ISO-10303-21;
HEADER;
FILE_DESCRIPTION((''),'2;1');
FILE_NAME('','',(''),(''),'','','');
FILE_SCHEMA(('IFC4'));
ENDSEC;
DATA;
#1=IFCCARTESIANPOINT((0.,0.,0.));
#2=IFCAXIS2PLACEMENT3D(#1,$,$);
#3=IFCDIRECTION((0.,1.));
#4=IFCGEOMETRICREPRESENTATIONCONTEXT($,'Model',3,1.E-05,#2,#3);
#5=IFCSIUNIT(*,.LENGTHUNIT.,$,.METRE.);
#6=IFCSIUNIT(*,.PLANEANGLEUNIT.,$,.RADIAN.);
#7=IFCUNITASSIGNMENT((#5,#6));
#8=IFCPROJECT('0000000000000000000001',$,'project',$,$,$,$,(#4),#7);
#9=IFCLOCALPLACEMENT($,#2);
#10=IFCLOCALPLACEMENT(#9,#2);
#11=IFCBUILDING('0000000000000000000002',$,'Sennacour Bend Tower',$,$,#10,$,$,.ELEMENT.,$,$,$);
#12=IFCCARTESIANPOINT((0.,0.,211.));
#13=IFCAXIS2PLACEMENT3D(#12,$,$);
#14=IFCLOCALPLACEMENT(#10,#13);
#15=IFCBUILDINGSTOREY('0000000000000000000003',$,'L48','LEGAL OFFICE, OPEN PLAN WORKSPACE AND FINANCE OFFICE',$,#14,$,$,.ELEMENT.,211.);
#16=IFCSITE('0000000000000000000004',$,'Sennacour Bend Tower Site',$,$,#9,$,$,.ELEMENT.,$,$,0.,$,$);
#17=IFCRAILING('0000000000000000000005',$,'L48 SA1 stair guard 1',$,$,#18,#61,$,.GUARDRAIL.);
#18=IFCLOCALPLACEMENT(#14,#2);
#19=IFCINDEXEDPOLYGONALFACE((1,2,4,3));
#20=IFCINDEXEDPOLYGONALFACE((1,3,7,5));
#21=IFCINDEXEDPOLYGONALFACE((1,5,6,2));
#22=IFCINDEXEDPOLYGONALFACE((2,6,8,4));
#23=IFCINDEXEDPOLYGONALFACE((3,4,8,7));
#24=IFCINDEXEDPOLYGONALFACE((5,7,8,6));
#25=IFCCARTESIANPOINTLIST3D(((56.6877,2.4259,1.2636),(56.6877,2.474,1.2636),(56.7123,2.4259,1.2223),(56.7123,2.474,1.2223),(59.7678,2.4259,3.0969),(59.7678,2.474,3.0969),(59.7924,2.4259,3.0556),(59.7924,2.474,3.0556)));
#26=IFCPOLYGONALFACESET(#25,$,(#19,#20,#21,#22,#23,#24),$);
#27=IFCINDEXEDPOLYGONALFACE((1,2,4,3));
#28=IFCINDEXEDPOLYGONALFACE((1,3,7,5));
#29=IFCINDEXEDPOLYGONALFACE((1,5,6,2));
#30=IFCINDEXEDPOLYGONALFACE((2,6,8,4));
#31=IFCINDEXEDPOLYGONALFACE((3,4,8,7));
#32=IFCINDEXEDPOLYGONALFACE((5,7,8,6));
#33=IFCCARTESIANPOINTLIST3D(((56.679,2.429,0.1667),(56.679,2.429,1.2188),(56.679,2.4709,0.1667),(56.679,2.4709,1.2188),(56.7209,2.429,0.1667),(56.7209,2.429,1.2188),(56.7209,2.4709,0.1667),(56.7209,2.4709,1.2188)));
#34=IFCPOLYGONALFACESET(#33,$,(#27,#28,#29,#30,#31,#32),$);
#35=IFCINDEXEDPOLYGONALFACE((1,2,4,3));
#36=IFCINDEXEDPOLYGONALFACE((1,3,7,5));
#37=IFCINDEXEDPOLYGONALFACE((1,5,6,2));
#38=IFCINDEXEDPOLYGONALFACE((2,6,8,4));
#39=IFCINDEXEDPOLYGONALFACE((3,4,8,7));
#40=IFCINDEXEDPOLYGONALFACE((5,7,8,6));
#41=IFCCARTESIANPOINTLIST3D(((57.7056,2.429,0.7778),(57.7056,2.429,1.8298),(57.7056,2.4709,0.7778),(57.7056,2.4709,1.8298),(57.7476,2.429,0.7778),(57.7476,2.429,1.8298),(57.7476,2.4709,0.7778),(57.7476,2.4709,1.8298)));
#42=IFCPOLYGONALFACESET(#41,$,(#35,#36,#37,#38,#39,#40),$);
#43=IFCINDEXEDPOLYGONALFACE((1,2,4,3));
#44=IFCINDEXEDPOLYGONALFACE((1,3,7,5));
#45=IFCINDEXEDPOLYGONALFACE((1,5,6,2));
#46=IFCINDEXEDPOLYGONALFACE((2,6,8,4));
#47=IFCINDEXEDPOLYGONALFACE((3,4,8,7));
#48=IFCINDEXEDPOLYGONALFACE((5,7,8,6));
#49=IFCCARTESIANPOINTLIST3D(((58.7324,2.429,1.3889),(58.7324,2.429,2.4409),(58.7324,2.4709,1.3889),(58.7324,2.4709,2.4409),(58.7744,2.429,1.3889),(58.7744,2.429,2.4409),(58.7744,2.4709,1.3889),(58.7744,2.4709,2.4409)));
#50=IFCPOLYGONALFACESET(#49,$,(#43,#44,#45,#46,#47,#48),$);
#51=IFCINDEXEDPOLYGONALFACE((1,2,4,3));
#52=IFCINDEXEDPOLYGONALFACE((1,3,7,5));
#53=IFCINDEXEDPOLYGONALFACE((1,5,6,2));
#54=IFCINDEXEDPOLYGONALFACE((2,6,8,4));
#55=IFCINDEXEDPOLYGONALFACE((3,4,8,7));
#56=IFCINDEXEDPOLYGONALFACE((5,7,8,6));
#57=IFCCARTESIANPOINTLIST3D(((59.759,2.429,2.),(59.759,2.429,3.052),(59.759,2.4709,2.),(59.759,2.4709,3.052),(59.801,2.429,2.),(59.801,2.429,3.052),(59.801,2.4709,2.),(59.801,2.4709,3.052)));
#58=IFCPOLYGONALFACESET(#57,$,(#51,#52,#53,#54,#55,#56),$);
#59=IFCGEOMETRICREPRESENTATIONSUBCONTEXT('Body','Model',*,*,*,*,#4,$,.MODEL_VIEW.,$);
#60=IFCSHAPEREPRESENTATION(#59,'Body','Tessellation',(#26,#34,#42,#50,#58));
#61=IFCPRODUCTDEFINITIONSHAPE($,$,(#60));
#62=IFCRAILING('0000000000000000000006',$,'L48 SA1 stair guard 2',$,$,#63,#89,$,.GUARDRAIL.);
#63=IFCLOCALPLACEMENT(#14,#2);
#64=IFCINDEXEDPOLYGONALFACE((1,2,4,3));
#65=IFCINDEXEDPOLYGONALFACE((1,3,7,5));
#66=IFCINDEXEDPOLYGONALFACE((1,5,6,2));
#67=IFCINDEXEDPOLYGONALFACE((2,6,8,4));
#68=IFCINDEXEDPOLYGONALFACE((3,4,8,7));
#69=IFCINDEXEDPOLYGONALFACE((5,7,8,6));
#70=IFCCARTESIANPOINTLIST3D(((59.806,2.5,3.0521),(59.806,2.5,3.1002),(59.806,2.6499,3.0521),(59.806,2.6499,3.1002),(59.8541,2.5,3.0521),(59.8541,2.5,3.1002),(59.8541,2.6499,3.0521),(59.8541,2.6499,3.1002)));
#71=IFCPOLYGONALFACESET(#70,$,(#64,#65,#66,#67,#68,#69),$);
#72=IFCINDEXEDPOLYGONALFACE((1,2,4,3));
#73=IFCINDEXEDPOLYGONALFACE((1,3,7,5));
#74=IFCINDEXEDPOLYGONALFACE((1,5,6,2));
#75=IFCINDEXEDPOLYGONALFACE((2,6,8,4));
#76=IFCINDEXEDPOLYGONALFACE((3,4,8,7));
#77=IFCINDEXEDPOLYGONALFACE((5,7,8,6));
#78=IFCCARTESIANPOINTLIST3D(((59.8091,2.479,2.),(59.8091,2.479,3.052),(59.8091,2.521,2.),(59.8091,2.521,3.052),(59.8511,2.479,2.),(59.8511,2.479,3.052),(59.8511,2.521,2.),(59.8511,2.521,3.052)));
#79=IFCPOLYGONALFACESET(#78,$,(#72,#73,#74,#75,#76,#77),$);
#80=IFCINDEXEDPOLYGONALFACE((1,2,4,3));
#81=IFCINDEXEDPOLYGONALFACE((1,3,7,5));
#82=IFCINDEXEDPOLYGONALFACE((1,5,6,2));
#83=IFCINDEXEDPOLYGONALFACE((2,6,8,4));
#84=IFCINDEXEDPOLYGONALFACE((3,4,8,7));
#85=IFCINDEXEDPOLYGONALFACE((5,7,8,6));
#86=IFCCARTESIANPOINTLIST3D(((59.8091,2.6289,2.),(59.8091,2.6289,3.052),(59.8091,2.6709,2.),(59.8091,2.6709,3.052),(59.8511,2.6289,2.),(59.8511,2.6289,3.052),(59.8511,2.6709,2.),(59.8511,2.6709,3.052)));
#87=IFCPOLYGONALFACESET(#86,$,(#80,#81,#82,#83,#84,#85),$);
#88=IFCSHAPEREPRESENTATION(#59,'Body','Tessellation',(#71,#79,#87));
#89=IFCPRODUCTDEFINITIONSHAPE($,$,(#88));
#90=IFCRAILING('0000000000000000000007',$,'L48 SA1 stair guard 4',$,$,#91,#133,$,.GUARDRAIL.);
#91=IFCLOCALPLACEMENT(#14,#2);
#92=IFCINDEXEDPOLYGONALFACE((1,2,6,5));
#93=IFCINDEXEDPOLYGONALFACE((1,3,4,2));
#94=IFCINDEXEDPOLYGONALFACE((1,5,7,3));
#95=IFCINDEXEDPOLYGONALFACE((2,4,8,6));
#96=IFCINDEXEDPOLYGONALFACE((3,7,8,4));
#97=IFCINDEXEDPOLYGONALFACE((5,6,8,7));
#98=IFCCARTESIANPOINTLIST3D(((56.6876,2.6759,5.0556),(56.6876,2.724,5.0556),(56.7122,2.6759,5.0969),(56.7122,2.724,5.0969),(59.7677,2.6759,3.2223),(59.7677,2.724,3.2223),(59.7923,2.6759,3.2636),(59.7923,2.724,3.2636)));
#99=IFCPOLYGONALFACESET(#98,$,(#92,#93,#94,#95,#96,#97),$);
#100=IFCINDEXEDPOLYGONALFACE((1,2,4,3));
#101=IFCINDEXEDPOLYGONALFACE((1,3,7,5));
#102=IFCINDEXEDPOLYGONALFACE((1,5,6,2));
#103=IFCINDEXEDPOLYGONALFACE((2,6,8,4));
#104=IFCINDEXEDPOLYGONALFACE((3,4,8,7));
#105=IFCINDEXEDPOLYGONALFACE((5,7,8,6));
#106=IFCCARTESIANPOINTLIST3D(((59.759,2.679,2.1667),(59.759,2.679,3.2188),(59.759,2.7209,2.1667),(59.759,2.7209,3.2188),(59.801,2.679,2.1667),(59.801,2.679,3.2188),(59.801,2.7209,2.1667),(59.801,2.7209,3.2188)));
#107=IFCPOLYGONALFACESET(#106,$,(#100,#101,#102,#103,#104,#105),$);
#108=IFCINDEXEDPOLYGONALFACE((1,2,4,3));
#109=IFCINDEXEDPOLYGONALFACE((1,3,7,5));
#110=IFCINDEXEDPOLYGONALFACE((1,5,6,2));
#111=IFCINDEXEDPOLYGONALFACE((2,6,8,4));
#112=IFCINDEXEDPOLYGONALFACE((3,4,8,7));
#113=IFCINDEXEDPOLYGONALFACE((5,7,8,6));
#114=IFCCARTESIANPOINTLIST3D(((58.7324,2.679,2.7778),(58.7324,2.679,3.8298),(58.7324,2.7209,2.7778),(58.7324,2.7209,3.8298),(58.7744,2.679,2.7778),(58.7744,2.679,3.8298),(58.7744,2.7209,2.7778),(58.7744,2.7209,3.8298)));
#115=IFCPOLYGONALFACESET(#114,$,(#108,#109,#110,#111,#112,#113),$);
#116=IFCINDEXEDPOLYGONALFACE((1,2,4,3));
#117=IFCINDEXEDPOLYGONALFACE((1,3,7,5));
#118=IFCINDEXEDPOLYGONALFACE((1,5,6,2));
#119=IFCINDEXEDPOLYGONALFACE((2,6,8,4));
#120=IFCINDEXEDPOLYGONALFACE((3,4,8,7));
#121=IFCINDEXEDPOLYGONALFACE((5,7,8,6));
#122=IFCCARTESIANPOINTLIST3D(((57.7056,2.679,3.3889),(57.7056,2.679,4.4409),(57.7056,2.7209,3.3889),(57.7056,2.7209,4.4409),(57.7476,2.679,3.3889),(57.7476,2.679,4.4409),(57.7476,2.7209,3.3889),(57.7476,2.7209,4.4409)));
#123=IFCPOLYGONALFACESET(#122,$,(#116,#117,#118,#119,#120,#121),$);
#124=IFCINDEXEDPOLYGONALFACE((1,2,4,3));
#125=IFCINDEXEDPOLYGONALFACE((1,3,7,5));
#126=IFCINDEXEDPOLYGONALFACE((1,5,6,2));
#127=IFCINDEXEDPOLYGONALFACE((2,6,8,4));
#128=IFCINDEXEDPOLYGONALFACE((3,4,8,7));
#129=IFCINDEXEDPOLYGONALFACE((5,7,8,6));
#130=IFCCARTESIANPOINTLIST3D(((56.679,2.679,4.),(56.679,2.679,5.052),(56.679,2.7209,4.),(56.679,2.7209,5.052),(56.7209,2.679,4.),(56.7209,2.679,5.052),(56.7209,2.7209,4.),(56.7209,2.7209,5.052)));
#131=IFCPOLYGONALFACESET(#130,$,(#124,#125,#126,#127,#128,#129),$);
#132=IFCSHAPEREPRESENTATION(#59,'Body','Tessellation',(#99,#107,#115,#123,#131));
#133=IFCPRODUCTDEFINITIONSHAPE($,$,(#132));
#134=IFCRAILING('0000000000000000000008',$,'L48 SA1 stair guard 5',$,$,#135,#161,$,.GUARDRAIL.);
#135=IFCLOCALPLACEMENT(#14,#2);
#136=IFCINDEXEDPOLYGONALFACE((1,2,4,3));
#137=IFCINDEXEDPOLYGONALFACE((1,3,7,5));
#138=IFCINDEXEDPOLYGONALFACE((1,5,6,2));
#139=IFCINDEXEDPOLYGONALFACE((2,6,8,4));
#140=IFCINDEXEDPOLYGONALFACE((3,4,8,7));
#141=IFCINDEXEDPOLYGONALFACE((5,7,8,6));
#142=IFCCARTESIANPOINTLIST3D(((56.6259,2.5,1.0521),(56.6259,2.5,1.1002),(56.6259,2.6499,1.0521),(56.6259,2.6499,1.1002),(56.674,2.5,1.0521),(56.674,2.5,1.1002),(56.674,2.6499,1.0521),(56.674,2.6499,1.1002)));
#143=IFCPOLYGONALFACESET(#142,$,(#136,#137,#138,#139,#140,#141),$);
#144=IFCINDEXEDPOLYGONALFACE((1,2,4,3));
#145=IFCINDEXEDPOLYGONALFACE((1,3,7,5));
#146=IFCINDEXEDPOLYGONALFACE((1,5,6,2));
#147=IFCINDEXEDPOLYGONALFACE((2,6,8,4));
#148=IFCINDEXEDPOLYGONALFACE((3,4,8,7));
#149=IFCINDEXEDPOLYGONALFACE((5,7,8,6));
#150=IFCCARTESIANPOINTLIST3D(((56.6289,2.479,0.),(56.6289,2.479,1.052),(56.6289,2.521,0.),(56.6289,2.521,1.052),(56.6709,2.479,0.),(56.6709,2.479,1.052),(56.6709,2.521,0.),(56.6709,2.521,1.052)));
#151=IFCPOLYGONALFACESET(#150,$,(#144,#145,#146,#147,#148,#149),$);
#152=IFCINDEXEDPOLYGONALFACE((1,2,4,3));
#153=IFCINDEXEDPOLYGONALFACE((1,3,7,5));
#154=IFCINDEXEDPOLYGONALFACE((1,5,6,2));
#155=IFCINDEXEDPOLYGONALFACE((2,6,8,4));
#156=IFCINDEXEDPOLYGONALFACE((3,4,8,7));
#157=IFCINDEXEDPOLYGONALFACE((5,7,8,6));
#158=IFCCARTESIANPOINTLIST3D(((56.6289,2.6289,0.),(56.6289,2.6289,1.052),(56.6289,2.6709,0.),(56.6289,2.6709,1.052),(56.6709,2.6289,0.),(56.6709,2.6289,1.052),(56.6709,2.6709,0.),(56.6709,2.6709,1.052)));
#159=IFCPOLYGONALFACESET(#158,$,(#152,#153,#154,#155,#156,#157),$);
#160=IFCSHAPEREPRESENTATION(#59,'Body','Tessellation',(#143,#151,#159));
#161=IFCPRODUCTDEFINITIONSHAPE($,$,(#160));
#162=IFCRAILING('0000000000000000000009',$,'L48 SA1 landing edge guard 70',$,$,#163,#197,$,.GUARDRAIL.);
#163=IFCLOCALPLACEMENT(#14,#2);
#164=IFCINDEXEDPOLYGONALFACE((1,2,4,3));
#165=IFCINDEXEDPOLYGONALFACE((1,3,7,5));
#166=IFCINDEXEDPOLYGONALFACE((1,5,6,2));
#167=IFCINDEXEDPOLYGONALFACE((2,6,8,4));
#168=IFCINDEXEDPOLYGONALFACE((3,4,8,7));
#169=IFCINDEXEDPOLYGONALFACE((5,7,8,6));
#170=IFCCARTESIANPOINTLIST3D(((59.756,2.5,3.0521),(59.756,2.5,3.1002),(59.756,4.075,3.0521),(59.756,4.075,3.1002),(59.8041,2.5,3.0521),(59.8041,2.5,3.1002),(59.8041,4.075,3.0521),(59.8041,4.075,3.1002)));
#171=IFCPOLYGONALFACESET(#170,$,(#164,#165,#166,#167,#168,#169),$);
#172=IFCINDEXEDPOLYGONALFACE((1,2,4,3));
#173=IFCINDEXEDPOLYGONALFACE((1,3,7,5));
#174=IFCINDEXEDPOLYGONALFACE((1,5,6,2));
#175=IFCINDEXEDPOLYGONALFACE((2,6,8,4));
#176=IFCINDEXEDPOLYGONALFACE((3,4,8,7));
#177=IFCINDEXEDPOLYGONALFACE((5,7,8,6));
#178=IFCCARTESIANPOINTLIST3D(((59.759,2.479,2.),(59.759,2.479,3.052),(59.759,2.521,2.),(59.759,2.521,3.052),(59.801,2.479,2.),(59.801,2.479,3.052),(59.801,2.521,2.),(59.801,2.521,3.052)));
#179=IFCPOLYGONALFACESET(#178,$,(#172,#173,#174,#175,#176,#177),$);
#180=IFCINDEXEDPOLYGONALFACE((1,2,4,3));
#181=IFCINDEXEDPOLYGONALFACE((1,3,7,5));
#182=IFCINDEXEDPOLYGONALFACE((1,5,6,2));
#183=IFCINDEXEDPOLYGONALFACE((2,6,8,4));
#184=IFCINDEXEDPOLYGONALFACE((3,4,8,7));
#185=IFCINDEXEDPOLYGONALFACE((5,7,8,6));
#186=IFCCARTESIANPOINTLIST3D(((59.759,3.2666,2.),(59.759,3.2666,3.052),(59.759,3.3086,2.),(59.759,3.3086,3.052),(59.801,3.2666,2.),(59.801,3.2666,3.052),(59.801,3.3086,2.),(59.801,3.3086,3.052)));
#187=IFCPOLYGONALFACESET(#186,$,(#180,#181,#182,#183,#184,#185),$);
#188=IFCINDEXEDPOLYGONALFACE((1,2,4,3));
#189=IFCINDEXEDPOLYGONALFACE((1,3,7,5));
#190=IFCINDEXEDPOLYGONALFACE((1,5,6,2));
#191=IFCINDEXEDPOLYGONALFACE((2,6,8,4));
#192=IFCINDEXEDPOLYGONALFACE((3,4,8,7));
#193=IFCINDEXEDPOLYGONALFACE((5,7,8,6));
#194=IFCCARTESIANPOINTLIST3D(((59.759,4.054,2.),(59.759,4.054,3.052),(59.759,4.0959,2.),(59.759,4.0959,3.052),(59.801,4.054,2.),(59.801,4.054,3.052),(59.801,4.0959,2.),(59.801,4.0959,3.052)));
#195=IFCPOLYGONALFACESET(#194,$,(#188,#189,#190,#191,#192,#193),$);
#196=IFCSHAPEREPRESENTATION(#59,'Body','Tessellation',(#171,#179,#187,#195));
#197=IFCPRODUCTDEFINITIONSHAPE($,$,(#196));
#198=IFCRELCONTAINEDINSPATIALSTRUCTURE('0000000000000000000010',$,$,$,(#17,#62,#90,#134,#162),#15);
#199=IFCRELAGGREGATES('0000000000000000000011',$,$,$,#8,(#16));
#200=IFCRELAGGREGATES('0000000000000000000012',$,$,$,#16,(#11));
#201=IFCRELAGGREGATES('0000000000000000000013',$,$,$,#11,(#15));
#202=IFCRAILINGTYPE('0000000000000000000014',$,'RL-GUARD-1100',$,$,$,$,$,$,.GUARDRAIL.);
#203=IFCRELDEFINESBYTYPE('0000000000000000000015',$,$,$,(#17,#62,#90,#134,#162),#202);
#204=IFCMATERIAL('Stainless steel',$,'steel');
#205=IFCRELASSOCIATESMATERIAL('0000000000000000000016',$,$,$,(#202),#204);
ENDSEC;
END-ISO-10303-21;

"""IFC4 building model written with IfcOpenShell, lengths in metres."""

from ifc_helpers import new_model, si_unit, direction, frame, origin, origin_2d, place, context, subcontext, project, spatial, rectangle, extrude, material, type_object, element, save


model = new_model("IFC4")

# Units and contexts
model_context = context("Model", 3, precision=1e-05, world=origin(), true_north=direction((0.0, 1.0)))
body_context = subcontext(model_context, "Body", "Model", "MODEL_VIEW")
ifc_project = project(units=[si_unit("LENGTHUNIT", "METRE"), si_unit("PLANEANGLEUNIT", "RADIAN")], contexts=[model_context])

# Site, building, storey
site_placement = place(None, origin())
site = spatial("IfcSite", under=ifc_project, at=site_placement, Name="Sennacour Bend Tower Site", CompositionType="ELEMENT", RefElevation=0.0)
building_placement = place(site_placement, origin())
building = spatial("IfcBuilding", under=site, at=building_placement, Name="Sennacour Bend Tower", CompositionType="ELEMENT")
storey_placement = place(building_placement, frame((0.0, 0.0, 211.0)))
storey = spatial("IfcBuildingStorey", under=building, at=storey_placement, Name="L48", Description="LEGAL OFFICE, OPEN PLAN WORKSPACE AND FINANCE OFFICE", CompositionType="ELEMENT", Elevation=211.0)

# Railings
ifc_material_1 = material(Name="Stainless steel", Category="steel")
railing_type_1 = type_object("IfcRailingType", Name="RL-GUARD-1100", PredefinedType="GUARDRAIL", material=ifc_material_1)
railing_1_placement = place(storey_placement, frame((56.7, 2.45, 0.1667)))
element("IfcRailing", 1, at=railing_1_placement, inside=storey, type_object=railing_type_1, Name="L48 SA1 stair guard 1", PredefinedType="GUARDRAIL", context=body_context, shape_type="SweptSolid", body=[
    extrude(rectangle(XDim=0.0481, YDim=0.0481, at=origin_2d()), frame((0.0, 0.0, 1.0762), z_axis=(0.859309, 0.0, 0.511458), x_axis=(0.0, 1.0, 0.0)), (0.0, 0.0, 1.0), 3.5845),
    extrude(rectangle(XDim=0.042, YDim=0.042, at=origin_2d()), origin(), (0.0, 0.0, 1.0), 1.052),
    extrude(rectangle(XDim=0.042, YDim=0.042, at=origin_2d()), frame((1.0266, 0.0, 0.6111)), (0.0, 0.0, 1.0), 1.052),
    extrude(rectangle(XDim=0.042, YDim=0.042, at=origin_2d()), frame((2.0535, 0.0, 1.2222)), (0.0, 0.0, 1.0), 1.052),
    extrude(rectangle(XDim=0.042, YDim=0.042, at=origin_2d()), frame((3.0801, 0.0, 1.8333)), (0.0, 0.0, 1.0), 1.052),
])
railing_2_placement = place(storey_placement, frame((59.8301, 2.5, 2.0)))
element("IfcRailing", 2, at=railing_2_placement, inside=storey, type_object=railing_type_1, Name="L48 SA1 stair guard 2", PredefinedType="GUARDRAIL", context=body_context, shape_type="SweptSolid", body=[
    extrude(rectangle(XDim=0.0481, YDim=0.0481, at=origin_2d()), frame((0.0, 0.0, 1.0762), z_axis=(0.0, 1.0, 0.0), x_axis=(-1.0, 0.0, 0.0)), (0.0, 0.0, 1.0), 0.1499),
    extrude(rectangle(XDim=0.042, YDim=0.042, at=origin_2d()), origin(), (0.0, 0.0, 1.0), 1.052),
    extrude(rectangle(XDim=0.042, YDim=0.042, at=origin_2d()), frame((0.0, 0.1499, 0.0)), (0.0, 0.0, 1.0), 1.052),
])
railing_3_placement = place(storey_placement, frame((59.78, 2.7, 2.1667)))
element("IfcRailing", 3, at=railing_3_placement, inside=storey, type_object=railing_type_1, Name="L48 SA1 stair guard 4", PredefinedType="GUARDRAIL", context=body_context, shape_type="SweptSolid", body=[
    extrude(rectangle(XDim=0.0481, YDim=0.0481, at=origin_2d()), frame((0.0, 0.0, 1.0762), z_axis=(-0.859309, 0.0, 0.511458), x_axis=(0.0, -1.0, 0.0)), (0.0, 0.0, 1.0), 3.5845),
    extrude(rectangle(XDim=0.042, YDim=0.042, at=origin_2d()), origin(), (0.0, 0.0, 1.0), 1.052),
    extrude(rectangle(XDim=0.042, YDim=0.042, at=origin_2d()), frame((-1.0266, 0.0, 0.6111)), (0.0, 0.0, 1.0), 1.052),
    extrude(rectangle(XDim=0.042, YDim=0.042, at=origin_2d()), frame((-2.0535, 0.0, 1.2222)), (0.0, 0.0, 1.0), 1.052),
    extrude(rectangle(XDim=0.042, YDim=0.042, at=origin_2d()), frame((-3.0801, 0.0, 1.8333)), (0.0, 0.0, 1.0), 1.052),
])
railing_4_placement = place(storey_placement, frame((56.6499, 2.5, 0.0)))
element("IfcRailing", 4, at=railing_4_placement, inside=storey, type_object=railing_type_1, Name="L48 SA1 stair guard 5", PredefinedType="GUARDRAIL", context=body_context, shape_type="SweptSolid", body=[
    extrude(rectangle(XDim=0.0481, YDim=0.0481, at=origin_2d()), frame((0.0, 0.0, 1.0762), z_axis=(0.0, 1.0, 0.0), x_axis=(-1.0, 0.0, 0.0)), (0.0, 0.0, 1.0), 0.1499),
    extrude(rectangle(XDim=0.042, YDim=0.042, at=origin_2d()), origin(), (0.0, 0.0, 1.0), 1.052),
    extrude(rectangle(XDim=0.042, YDim=0.042, at=origin_2d()), frame((0.0, 0.1499, 0.0)), (0.0, 0.0, 1.0), 1.052),
])
railing_5_placement = place(storey_placement, frame((59.78, 2.5, 2.0)))
element("IfcRailing", 5, at=railing_5_placement, inside=storey, type_object=railing_type_1, Name="L48 SA1 landing edge guard 70", PredefinedType="GUARDRAIL", context=body_context, shape_type="SweptSolid", body=[
    extrude(rectangle(XDim=0.0481, YDim=0.0481, at=origin_2d()), frame((0.0, 0.0, 1.0762), z_axis=(0.0, 1.0, 0.0), x_axis=(-1.0, 0.0, 0.0)), (0.0, 0.0, 1.0), 1.575),
    extrude(rectangle(XDim=0.042, YDim=0.042, at=origin_2d()), origin(), (0.0, 0.0, 1.0), 1.052),
    extrude(rectangle(XDim=0.042, YDim=0.042, at=origin_2d()), frame((0.0, 0.7876, 0.0)), (0.0, 0.0, 1.0), 1.052),
    extrude(rectangle(XDim=0.042, YDim=0.042, at=origin_2d()), frame((0.0, 1.575, 0.0)), (0.0, 0.0, 1.0), 1.052),
])

save(model, "model.ifc")
